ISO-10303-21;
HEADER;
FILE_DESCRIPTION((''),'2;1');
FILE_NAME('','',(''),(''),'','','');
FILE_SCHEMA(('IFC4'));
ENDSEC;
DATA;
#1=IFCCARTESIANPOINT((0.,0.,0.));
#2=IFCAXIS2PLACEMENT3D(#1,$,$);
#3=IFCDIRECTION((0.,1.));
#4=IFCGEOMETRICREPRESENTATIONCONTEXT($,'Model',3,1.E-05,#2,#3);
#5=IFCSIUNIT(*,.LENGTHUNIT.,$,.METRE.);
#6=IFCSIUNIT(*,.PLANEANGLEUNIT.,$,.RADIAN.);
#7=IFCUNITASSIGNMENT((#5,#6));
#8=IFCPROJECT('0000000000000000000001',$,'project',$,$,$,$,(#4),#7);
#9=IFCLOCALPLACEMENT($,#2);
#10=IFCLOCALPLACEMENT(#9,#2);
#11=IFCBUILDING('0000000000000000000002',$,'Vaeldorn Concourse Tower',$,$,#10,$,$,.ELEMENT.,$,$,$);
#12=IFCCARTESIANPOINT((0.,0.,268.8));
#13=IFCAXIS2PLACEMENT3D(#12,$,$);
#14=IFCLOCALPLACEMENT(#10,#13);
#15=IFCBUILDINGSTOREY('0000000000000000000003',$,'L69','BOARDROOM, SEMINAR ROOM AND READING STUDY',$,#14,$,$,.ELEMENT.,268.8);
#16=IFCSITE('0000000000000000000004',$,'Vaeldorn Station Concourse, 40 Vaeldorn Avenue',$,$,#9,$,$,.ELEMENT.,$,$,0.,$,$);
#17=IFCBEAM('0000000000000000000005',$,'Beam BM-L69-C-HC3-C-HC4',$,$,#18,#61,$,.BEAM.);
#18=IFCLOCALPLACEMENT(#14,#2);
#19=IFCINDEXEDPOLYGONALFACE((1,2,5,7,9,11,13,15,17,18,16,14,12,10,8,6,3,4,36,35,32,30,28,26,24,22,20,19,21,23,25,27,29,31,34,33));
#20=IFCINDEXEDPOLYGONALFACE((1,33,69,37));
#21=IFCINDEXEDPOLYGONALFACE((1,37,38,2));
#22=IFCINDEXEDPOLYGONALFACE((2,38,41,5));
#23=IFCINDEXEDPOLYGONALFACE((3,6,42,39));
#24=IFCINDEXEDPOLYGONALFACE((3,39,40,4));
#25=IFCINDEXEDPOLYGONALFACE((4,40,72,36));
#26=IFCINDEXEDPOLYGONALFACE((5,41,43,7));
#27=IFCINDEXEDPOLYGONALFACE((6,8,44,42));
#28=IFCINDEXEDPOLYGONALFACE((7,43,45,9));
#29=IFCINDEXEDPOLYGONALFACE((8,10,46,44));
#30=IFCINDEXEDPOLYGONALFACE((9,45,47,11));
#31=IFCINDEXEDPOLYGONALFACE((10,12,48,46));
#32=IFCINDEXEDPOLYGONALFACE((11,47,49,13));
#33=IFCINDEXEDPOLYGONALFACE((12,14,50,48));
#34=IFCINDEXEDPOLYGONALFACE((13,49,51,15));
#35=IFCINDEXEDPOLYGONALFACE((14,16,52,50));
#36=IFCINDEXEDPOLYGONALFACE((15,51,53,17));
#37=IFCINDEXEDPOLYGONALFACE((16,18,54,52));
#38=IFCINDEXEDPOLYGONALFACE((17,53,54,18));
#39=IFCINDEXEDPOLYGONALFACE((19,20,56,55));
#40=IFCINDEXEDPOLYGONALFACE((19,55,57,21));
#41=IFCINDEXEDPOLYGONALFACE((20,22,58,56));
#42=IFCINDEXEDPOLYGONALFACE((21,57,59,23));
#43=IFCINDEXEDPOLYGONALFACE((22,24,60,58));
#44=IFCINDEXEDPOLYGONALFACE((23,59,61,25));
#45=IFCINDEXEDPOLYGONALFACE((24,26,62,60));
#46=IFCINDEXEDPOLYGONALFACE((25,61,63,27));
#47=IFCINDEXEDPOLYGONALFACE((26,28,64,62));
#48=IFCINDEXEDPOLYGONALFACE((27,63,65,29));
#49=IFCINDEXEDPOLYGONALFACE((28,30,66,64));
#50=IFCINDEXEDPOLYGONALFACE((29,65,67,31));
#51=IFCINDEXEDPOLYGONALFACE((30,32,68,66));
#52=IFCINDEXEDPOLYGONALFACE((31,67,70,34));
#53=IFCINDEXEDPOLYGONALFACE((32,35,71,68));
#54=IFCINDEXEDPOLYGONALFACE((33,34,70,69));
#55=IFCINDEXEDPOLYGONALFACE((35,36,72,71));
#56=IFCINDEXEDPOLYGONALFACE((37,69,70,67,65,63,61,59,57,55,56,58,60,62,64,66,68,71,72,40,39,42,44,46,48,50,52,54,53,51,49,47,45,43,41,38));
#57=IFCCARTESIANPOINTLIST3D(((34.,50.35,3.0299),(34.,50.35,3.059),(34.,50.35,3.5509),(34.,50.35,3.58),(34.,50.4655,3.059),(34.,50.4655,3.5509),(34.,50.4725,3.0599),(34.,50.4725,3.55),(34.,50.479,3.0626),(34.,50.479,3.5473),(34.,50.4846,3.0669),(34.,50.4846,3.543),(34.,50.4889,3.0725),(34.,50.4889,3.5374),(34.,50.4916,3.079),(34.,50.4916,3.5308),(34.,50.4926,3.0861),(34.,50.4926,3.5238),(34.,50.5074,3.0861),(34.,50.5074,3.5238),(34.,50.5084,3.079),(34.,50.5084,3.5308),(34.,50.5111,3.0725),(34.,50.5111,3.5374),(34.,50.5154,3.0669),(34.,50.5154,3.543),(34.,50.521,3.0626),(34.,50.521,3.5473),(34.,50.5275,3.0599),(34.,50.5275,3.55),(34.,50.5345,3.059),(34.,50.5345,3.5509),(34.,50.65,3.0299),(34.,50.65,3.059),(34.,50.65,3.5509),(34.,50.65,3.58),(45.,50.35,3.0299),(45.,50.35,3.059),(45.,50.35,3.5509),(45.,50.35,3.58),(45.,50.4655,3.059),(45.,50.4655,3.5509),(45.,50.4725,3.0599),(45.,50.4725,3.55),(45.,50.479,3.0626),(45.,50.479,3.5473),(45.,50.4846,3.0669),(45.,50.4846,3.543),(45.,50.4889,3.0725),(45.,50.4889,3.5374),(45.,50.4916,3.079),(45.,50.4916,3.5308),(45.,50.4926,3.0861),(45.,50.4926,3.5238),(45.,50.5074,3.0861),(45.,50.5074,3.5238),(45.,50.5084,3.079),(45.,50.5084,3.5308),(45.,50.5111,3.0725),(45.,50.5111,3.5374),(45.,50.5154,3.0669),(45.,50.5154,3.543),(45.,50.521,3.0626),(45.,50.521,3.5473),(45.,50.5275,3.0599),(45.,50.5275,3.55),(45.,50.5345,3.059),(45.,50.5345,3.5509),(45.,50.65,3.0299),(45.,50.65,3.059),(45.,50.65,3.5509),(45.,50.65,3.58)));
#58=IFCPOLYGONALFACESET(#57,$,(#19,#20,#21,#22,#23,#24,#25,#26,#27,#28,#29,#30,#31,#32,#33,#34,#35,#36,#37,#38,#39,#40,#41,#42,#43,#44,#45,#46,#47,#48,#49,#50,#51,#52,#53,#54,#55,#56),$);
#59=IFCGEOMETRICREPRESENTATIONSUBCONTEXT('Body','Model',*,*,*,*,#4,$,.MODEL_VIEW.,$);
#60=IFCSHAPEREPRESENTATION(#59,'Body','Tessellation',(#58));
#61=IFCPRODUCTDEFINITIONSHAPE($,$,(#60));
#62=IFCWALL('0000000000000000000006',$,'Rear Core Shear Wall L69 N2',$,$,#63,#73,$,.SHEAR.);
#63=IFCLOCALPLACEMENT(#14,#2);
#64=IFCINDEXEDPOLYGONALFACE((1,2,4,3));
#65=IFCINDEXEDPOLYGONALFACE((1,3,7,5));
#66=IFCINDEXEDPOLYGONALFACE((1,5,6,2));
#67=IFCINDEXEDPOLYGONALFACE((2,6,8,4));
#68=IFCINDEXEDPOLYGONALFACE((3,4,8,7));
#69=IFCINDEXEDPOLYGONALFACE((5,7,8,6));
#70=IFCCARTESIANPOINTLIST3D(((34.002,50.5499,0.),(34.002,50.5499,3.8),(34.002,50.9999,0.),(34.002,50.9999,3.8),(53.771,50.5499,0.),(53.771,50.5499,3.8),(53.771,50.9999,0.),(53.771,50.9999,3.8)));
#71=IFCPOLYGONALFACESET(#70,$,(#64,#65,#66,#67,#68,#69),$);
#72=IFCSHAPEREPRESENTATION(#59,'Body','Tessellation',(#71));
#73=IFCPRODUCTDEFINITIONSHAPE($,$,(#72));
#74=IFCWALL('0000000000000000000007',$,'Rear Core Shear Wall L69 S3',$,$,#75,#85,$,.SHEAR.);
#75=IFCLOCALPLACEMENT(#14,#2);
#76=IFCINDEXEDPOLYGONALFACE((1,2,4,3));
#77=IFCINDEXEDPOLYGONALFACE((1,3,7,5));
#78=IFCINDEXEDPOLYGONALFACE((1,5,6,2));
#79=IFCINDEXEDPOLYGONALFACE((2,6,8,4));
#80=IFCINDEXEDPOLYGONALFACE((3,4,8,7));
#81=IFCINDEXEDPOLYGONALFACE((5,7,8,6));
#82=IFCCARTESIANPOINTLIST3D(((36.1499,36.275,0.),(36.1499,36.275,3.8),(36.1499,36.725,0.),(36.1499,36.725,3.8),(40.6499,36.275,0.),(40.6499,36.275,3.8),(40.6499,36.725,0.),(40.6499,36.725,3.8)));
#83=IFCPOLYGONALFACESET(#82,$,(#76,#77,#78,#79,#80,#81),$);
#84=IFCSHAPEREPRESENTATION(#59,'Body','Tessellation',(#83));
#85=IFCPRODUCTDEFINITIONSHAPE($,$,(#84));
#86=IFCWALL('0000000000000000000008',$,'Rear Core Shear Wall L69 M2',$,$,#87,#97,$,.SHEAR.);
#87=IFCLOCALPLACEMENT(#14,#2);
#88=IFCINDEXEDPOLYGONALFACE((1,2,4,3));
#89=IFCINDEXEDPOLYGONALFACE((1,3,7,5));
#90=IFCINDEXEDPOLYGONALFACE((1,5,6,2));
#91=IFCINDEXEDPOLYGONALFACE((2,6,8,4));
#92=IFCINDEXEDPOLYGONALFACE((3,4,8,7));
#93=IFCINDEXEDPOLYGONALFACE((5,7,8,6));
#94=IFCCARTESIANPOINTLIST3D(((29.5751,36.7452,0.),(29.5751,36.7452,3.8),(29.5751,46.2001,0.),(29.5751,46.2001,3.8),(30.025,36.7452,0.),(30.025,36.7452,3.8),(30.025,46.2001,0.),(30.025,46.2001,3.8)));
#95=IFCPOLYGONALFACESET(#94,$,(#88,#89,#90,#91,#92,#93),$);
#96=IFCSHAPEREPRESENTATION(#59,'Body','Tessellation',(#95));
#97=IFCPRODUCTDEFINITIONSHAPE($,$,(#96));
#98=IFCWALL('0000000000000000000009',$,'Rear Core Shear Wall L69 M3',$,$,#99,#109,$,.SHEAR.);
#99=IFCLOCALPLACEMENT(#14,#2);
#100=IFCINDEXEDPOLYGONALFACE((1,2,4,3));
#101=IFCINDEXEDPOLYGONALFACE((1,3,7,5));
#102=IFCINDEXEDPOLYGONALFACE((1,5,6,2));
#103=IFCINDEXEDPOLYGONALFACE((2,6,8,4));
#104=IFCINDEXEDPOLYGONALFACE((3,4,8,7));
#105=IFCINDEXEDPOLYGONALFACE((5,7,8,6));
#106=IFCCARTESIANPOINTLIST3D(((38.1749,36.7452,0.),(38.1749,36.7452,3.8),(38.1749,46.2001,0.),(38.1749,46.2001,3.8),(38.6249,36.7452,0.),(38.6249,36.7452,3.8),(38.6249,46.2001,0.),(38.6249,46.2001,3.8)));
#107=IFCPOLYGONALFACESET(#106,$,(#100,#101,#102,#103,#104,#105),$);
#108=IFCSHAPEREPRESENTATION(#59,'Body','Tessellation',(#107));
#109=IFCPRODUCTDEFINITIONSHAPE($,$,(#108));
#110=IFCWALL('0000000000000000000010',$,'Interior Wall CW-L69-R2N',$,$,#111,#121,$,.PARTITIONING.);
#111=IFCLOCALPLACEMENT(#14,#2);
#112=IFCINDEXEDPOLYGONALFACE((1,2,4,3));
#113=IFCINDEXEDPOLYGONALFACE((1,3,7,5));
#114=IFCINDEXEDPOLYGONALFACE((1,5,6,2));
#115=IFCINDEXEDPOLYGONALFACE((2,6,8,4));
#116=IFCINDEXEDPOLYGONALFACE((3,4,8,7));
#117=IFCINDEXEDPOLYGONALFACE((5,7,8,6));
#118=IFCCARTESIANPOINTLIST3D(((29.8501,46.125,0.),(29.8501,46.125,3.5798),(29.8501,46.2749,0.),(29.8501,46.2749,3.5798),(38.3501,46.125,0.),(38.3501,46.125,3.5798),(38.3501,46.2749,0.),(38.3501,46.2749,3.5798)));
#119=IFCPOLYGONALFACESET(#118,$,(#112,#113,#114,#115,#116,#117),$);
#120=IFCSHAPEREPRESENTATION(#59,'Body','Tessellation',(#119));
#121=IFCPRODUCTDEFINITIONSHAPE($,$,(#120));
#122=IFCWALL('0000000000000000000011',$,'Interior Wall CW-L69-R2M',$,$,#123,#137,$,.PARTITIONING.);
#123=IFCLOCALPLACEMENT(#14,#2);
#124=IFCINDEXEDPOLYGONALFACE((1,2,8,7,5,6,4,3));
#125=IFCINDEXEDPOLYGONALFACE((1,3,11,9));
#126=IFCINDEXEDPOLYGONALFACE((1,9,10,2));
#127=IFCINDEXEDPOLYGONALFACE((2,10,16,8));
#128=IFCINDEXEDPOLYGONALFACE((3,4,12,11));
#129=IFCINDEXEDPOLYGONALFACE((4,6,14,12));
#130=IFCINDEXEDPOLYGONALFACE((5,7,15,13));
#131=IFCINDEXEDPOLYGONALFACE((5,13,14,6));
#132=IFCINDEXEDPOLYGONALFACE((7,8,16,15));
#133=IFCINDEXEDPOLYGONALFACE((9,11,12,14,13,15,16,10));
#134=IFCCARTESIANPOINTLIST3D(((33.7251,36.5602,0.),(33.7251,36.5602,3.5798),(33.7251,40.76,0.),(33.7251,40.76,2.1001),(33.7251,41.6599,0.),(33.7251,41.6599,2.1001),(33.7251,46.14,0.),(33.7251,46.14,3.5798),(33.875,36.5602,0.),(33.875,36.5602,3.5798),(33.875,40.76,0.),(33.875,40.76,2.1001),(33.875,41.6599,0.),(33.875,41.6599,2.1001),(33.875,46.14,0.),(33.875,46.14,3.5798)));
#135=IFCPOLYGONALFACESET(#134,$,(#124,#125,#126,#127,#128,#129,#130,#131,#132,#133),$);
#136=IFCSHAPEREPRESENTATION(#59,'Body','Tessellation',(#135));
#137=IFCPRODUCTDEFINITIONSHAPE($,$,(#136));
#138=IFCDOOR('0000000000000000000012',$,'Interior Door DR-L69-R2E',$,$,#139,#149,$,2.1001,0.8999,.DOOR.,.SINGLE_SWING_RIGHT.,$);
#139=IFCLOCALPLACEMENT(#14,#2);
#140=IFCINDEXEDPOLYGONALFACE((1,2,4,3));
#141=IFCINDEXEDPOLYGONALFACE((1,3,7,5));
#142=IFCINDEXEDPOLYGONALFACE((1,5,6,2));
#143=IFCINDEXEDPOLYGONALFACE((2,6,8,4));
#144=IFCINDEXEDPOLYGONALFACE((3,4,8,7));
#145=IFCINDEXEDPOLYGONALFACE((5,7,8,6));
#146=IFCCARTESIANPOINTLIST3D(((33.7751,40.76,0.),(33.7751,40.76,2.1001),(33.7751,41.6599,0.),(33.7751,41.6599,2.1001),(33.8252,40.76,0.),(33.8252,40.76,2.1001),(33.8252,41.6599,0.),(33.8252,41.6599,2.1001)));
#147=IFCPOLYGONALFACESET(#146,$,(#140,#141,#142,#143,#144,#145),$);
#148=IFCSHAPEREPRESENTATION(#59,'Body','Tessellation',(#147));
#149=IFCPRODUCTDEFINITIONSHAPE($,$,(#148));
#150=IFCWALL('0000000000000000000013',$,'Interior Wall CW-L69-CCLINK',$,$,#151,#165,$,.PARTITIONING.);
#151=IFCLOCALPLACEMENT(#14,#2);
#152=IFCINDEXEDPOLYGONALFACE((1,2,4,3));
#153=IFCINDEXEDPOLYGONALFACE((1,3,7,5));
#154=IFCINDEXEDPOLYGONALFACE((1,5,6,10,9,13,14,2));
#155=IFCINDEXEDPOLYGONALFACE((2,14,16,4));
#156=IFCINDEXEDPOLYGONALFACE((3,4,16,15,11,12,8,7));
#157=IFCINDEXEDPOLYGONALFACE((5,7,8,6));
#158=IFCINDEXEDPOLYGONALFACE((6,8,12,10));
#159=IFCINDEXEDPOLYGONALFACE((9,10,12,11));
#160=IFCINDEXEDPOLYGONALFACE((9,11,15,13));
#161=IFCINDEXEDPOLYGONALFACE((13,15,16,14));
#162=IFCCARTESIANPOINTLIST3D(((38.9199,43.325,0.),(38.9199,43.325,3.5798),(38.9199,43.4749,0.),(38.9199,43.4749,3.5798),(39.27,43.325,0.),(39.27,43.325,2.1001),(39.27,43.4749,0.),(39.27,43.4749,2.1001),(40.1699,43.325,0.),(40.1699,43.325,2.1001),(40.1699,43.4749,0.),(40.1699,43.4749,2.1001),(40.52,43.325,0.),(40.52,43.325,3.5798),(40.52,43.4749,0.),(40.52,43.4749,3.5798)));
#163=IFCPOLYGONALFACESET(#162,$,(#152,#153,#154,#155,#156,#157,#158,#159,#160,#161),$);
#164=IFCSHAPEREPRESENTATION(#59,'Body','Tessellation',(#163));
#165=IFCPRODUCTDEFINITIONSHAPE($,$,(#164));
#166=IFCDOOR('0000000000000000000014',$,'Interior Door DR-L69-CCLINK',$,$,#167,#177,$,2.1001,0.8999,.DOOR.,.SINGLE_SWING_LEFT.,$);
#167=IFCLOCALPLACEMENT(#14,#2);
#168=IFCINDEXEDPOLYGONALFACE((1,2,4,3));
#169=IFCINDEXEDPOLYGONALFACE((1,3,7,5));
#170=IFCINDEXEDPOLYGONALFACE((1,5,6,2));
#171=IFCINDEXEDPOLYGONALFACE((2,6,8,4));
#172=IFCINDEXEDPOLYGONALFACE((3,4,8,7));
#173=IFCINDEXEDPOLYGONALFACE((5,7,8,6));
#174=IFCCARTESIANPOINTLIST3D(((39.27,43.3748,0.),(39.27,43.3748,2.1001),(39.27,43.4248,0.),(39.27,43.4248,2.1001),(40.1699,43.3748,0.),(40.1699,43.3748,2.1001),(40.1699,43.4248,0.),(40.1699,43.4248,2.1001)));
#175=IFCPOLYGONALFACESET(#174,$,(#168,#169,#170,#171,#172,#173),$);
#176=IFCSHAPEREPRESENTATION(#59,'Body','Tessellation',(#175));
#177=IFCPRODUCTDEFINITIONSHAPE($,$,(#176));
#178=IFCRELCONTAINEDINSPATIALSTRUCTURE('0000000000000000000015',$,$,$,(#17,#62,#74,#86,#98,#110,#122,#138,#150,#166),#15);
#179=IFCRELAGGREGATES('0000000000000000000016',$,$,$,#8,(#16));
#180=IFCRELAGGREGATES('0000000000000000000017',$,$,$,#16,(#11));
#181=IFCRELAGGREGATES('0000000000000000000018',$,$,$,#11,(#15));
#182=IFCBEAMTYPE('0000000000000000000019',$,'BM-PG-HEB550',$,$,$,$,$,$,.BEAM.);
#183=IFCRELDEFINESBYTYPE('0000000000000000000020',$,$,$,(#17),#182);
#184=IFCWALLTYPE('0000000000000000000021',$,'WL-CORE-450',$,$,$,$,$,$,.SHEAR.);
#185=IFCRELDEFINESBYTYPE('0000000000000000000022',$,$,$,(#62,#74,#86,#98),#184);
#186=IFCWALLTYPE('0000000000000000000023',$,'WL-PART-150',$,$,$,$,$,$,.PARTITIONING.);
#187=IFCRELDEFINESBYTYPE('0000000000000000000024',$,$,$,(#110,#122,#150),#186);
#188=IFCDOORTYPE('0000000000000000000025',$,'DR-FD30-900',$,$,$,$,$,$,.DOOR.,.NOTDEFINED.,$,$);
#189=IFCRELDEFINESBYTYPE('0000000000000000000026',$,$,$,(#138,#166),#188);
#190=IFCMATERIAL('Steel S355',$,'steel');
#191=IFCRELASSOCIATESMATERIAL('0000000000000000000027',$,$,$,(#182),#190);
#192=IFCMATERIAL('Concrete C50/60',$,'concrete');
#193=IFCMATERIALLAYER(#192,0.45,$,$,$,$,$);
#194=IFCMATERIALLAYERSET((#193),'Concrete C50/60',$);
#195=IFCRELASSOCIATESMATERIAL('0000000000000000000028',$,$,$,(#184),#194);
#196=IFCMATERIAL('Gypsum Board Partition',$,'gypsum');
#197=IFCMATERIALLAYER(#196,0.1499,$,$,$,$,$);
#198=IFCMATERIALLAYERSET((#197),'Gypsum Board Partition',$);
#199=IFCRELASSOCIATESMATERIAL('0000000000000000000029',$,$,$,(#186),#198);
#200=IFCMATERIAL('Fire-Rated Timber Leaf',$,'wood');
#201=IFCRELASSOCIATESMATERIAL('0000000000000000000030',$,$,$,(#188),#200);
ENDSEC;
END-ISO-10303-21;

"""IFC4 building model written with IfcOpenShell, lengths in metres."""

from ifc_helpers import new_model, si_unit, direction, frame, frame_2d, origin, origin_2d, place, context, subcontext, project, spatial, rectangle, i_section, extrude, source, transform, mapped, material, layer, layer_set, material_profile, profile_set, type_object, element, fill, save


model = new_model("IFC4")

# Units and contexts
model_context = context("Model", 3, precision=1e-05, world=origin(), true_north=direction((0.0, 1.0)))
body_context = subcontext(model_context, "Body", "Model", "MODEL_VIEW")
ifc_project = project(units=[si_unit("LENGTHUNIT", "METRE"), si_unit("PLANEANGLEUNIT", "RADIAN")], contexts=[model_context])

# Site, building, storey
site_placement = place(None, origin())
site = spatial("IfcSite", under=ifc_project, at=site_placement, Name="Vaeldorn Station Concourse, 40 Vaeldorn Avenue", CompositionType="ELEMENT", RefElevation=0.0)
building_placement = place(site_placement, origin())
building = spatial("IfcBuilding", under=site, at=building_placement, Name="Vaeldorn Concourse Tower", CompositionType="ELEMENT")
storey_placement = place(building_placement, frame((0.0, 0.0, 268.8)))
storey = spatial("IfcBuildingStorey", under=building, at=storey_placement, Name="L69", Description="BOARDROOM, SEMINAR ROOM AND READING STUDY", CompositionType="ELEMENT", Elevation=268.8)

# Beam
ifc_material_1 = material(Name="Steel S355", Category="steel")
ifc_material_profile_1 = material_profile(ifc_material_1, i_section(OverallWidth=0.3, OverallDepth=0.55, WebThickness=0.0149, FlangeThickness=0.0291, FilletRadius=0.0271, at=origin_2d()), Name="HEB 550")
ifc_profile_set_1 = profile_set([ifc_material_profile_1], Name="Steel S355")
beam_type = type_object("IfcBeamType", Name="BM-PG-HEB550", PredefinedType="BEAM", material=ifc_profile_set_1)
shared_shape_1 = source(origin(), body_context, "Body", "SweptSolid", [
    extrude(i_section(OverallWidth=0.3, OverallDepth=0.55, WebThickness=0.0149, FlangeThickness=0.0291, FilletRadius=0.0271, at=origin_2d()), origin(), (0.0, 0.0, 1.0), 11.0),
])
beam_1_placement = place(storey_placement, frame((34.0, 50.5, 3.3049), z_axis=(1.0, 0.0, 0.0), x_axis=(0.0, 1.0, 0.0)))
element("IfcBeam", 1, at=beam_1_placement, inside=storey, type_object=beam_type, Name="Beam BM-L69-C-HC3-C-HC4", PredefinedType="BEAM", context=body_context, shape_type="MappedRepresentation", body=[
    mapped(shared_shape_1, transform((0.0, 0.0, 0.0), scale=1.0)),
])

# Walls
ifc_material_2 = material(Name="Concrete C50/60", Category="concrete")
ifc_layer_1 = layer(ifc_material_2, 0.45)
ifc_layer_set_1 = layer_set([ifc_layer_1], Name="Concrete C50/60")
wall_type_1 = type_object("IfcWallType", Name="WL-CORE-450", PredefinedType="SHEAR", material=ifc_layer_set_1)
wall_1_placement = place(storey_placement, frame((34.002, 50.7749, 0.0), z_axis=(0.0, 0.0, 1.0), x_axis=(1.0, 0.0, 0.0)))
element("IfcWall", 2, at=wall_1_placement, inside=storey, type_object=wall_type_1, Name="Rear Core Shear Wall L69 N2", PredefinedType="SHEAR", context=body_context, shape_type="SweptSolid", body=[
    extrude(rectangle(XDim=19.769, YDim=0.45, at=frame_2d((9.8845, 0.0))), origin(), (0.0, 0.0, 1.0), 3.8),
])
wall_2_placement = place(storey_placement, frame((36.1499, 36.5, 0.0), z_axis=(0.0, 0.0, 1.0), x_axis=(1.0, 0.0, 0.0)))
element("IfcWall", 3, at=wall_2_placement, inside=storey, type_object=wall_type_1, Name="Rear Core Shear Wall L69 S3", PredefinedType="SHEAR", context=body_context, shape_type="SweptSolid", body=[
    extrude(rectangle(XDim=4.5, YDim=0.45, at=frame_2d((2.25, 0.0))), origin(), (0.0, 0.0, 1.0), 3.8),
])
for number, where, z_axis, x_axis, name in (
    (4, (29.8, 36.7451, 0.0), (0.0, 0.0, 1.0), (0.0, 1.0, 0.0), "Rear Core Shear Wall L69 M2"),
    (5, (38.3999, 36.7451, 0.0), (0.0, 0.0, 1.0), (0.0, 1.0, 0.0), "Rear Core Shear Wall L69 M3"),
):
    element("IfcWall", number, at=place(storey_placement, frame(where, z_axis=z_axis, x_axis=x_axis)), inside=storey, type_object=wall_type_1, Name=name, PredefinedType="SHEAR", context=body_context, shape_type="SweptSolid", body=[
        extrude(rectangle(XDim=9.4548, YDim=0.45, at=frame_2d((4.7275, 0.0))), origin(), (0.0, 0.0, 1.0), 3.8),
    ])
ifc_material_3 = material(Name="Gypsum Board Partition", Category="gypsum")
ifc_layer_2 = layer(ifc_material_3, 0.1499)
ifc_layer_set_2 = layer_set([ifc_layer_2], Name="Gypsum Board Partition")
wall_type_2 = type_object("IfcWallType", Name="WL-PART-150", PredefinedType="PARTITIONING", material=ifc_layer_set_2)
wall_3_placement = place(storey_placement, frame((29.8501, 46.2, 0.0), z_axis=(0.0, 0.0, 1.0), x_axis=(1.0, 0.0, 0.0)))
element("IfcWall", 6, at=wall_3_placement, inside=storey, type_object=wall_type_2, Name="Interior Wall CW-L69-R2N", PredefinedType="PARTITIONING", context=body_context, shape_type="SweptSolid", body=[
    extrude(rectangle(XDim=8.5, YDim=0.1499, at=frame_2d((4.25, 0.0))), origin(), (0.0, 0.0, 1.0), 3.5798),
])

# Walls, openings, doors
wall_4_placement = place(storey_placement, frame((33.8, 36.5601, 0.0), z_axis=(0.0, 0.0, 1.0), x_axis=(0.0, 1.0, 0.0)))
wall_4 = element("IfcWall", 7, at=wall_4_placement, inside=storey, type_object=wall_type_2, Name="Interior Wall CW-L69-R2M", PredefinedType="PARTITIONING", context=body_context, shape_type="SweptSolid", body=[
    extrude(rectangle(XDim=9.5798, YDim=0.1499, at=frame_2d((4.79, 0.0))), origin(), (0.0, 0.0, 1.0), 3.5798),
])
opening_1_placement = place(wall_4_placement, frame((4.2, 0.0, 0.0)))
opening_1 = element("IfcOpeningElement", 8, at=opening_1_placement, cuts=wall_4, PredefinedType="OPENING", context=body_context, shape_type="SweptSolid", body=[
    extrude(rectangle(XDim=0.8999, YDim=2.1001, at=frame_2d((0.45, 1.05))), frame((0.0, 0.085, 0.0), z_axis=(0.0, -1.0, 0.0), x_axis=(1.0, 0.0, 0.0)), (0.0, 0.0, 1.0), 0.1699),
])
ifc_material_4 = material(Name="Fire-Rated Timber Leaf", Category="wood")
door_type_1 = type_object("IfcDoorType", Name="DR-FD30-900", OperationType="NOTDEFINED", PredefinedType="DOOR", material=ifc_material_4)
shared_shape_2 = source(origin(), body_context, "Body", "SweptSolid", [
    extrude(rectangle(XDim=0.8999, YDim=2.1001, at=frame_2d((0.45, 1.05))), frame((0.0, 0.0249, 0.0), z_axis=(0.0, -1.0, 0.0), x_axis=(1.0, 0.0, 0.0)), (0.0, 0.0, 1.0), 0.05),
])
door_1_placement = place(opening_1_placement, origin())
door_1 = element("IfcDoor", 9, at=door_1_placement, inside=storey, type_object=door_type_1, Name="Interior Door DR-L69-R2E", OperationType="SINGLE_SWING_RIGHT", OverallHeight=2.1001, OverallWidth=0.8999, PredefinedType="DOOR", context=body_context, shape_type="MappedRepresentation", body=[
    mapped(shared_shape_2, transform((0.0, 0.0, 0.0), scale=1.0)),
])
fill(opening_1, door_1)
wall_5_placement = place(storey_placement, frame((38.9199, 43.3999, 0.0), z_axis=(0.0, 0.0, 1.0), x_axis=(1.0, 0.0, 0.0)))
wall_5 = element("IfcWall", 10, at=wall_5_placement, inside=storey, type_object=wall_type_2, Name="Interior Wall CW-L69-CCLINK", PredefinedType="PARTITIONING", context=body_context, shape_type="SweptSolid", body=[
    extrude(rectangle(XDim=1.6001, YDim=0.1499, at=frame_2d((0.8, 0.0))), origin(), (0.0, 0.0, 1.0), 3.5798),
])
opening_2_placement = place(wall_5_placement, frame((0.3501, 0.0, 0.0)))
opening_2 = element("IfcOpeningElement", 11, at=opening_2_placement, cuts=wall_5, PredefinedType="OPENING", context=body_context, shape_type="SweptSolid", body=[
    extrude(rectangle(XDim=0.8999, YDim=2.1001, at=frame_2d((0.45, 1.05))), frame((0.0, 0.085, 0.0), z_axis=(0.0, -1.0, 0.0), x_axis=(1.0, 0.0, 0.0)), (0.0, 0.0, 1.0), 0.1699),
])
door_2_placement = place(opening_2_placement, origin())
door_2 = element("IfcDoor", 12, at=door_2_placement, inside=storey, type_object=door_type_1, Name="Interior Door DR-L69-CCLINK", OperationType="SINGLE_SWING_LEFT", OverallHeight=2.1001, OverallWidth=0.8999, PredefinedType="DOOR", context=body_context, shape_type="MappedRepresentation", body=[
    mapped(shared_shape_2, transform((0.0, 0.0, 0.0), scale=1.0)),
])
fill(opening_2, door_2)

save(model, "model.ifc")
